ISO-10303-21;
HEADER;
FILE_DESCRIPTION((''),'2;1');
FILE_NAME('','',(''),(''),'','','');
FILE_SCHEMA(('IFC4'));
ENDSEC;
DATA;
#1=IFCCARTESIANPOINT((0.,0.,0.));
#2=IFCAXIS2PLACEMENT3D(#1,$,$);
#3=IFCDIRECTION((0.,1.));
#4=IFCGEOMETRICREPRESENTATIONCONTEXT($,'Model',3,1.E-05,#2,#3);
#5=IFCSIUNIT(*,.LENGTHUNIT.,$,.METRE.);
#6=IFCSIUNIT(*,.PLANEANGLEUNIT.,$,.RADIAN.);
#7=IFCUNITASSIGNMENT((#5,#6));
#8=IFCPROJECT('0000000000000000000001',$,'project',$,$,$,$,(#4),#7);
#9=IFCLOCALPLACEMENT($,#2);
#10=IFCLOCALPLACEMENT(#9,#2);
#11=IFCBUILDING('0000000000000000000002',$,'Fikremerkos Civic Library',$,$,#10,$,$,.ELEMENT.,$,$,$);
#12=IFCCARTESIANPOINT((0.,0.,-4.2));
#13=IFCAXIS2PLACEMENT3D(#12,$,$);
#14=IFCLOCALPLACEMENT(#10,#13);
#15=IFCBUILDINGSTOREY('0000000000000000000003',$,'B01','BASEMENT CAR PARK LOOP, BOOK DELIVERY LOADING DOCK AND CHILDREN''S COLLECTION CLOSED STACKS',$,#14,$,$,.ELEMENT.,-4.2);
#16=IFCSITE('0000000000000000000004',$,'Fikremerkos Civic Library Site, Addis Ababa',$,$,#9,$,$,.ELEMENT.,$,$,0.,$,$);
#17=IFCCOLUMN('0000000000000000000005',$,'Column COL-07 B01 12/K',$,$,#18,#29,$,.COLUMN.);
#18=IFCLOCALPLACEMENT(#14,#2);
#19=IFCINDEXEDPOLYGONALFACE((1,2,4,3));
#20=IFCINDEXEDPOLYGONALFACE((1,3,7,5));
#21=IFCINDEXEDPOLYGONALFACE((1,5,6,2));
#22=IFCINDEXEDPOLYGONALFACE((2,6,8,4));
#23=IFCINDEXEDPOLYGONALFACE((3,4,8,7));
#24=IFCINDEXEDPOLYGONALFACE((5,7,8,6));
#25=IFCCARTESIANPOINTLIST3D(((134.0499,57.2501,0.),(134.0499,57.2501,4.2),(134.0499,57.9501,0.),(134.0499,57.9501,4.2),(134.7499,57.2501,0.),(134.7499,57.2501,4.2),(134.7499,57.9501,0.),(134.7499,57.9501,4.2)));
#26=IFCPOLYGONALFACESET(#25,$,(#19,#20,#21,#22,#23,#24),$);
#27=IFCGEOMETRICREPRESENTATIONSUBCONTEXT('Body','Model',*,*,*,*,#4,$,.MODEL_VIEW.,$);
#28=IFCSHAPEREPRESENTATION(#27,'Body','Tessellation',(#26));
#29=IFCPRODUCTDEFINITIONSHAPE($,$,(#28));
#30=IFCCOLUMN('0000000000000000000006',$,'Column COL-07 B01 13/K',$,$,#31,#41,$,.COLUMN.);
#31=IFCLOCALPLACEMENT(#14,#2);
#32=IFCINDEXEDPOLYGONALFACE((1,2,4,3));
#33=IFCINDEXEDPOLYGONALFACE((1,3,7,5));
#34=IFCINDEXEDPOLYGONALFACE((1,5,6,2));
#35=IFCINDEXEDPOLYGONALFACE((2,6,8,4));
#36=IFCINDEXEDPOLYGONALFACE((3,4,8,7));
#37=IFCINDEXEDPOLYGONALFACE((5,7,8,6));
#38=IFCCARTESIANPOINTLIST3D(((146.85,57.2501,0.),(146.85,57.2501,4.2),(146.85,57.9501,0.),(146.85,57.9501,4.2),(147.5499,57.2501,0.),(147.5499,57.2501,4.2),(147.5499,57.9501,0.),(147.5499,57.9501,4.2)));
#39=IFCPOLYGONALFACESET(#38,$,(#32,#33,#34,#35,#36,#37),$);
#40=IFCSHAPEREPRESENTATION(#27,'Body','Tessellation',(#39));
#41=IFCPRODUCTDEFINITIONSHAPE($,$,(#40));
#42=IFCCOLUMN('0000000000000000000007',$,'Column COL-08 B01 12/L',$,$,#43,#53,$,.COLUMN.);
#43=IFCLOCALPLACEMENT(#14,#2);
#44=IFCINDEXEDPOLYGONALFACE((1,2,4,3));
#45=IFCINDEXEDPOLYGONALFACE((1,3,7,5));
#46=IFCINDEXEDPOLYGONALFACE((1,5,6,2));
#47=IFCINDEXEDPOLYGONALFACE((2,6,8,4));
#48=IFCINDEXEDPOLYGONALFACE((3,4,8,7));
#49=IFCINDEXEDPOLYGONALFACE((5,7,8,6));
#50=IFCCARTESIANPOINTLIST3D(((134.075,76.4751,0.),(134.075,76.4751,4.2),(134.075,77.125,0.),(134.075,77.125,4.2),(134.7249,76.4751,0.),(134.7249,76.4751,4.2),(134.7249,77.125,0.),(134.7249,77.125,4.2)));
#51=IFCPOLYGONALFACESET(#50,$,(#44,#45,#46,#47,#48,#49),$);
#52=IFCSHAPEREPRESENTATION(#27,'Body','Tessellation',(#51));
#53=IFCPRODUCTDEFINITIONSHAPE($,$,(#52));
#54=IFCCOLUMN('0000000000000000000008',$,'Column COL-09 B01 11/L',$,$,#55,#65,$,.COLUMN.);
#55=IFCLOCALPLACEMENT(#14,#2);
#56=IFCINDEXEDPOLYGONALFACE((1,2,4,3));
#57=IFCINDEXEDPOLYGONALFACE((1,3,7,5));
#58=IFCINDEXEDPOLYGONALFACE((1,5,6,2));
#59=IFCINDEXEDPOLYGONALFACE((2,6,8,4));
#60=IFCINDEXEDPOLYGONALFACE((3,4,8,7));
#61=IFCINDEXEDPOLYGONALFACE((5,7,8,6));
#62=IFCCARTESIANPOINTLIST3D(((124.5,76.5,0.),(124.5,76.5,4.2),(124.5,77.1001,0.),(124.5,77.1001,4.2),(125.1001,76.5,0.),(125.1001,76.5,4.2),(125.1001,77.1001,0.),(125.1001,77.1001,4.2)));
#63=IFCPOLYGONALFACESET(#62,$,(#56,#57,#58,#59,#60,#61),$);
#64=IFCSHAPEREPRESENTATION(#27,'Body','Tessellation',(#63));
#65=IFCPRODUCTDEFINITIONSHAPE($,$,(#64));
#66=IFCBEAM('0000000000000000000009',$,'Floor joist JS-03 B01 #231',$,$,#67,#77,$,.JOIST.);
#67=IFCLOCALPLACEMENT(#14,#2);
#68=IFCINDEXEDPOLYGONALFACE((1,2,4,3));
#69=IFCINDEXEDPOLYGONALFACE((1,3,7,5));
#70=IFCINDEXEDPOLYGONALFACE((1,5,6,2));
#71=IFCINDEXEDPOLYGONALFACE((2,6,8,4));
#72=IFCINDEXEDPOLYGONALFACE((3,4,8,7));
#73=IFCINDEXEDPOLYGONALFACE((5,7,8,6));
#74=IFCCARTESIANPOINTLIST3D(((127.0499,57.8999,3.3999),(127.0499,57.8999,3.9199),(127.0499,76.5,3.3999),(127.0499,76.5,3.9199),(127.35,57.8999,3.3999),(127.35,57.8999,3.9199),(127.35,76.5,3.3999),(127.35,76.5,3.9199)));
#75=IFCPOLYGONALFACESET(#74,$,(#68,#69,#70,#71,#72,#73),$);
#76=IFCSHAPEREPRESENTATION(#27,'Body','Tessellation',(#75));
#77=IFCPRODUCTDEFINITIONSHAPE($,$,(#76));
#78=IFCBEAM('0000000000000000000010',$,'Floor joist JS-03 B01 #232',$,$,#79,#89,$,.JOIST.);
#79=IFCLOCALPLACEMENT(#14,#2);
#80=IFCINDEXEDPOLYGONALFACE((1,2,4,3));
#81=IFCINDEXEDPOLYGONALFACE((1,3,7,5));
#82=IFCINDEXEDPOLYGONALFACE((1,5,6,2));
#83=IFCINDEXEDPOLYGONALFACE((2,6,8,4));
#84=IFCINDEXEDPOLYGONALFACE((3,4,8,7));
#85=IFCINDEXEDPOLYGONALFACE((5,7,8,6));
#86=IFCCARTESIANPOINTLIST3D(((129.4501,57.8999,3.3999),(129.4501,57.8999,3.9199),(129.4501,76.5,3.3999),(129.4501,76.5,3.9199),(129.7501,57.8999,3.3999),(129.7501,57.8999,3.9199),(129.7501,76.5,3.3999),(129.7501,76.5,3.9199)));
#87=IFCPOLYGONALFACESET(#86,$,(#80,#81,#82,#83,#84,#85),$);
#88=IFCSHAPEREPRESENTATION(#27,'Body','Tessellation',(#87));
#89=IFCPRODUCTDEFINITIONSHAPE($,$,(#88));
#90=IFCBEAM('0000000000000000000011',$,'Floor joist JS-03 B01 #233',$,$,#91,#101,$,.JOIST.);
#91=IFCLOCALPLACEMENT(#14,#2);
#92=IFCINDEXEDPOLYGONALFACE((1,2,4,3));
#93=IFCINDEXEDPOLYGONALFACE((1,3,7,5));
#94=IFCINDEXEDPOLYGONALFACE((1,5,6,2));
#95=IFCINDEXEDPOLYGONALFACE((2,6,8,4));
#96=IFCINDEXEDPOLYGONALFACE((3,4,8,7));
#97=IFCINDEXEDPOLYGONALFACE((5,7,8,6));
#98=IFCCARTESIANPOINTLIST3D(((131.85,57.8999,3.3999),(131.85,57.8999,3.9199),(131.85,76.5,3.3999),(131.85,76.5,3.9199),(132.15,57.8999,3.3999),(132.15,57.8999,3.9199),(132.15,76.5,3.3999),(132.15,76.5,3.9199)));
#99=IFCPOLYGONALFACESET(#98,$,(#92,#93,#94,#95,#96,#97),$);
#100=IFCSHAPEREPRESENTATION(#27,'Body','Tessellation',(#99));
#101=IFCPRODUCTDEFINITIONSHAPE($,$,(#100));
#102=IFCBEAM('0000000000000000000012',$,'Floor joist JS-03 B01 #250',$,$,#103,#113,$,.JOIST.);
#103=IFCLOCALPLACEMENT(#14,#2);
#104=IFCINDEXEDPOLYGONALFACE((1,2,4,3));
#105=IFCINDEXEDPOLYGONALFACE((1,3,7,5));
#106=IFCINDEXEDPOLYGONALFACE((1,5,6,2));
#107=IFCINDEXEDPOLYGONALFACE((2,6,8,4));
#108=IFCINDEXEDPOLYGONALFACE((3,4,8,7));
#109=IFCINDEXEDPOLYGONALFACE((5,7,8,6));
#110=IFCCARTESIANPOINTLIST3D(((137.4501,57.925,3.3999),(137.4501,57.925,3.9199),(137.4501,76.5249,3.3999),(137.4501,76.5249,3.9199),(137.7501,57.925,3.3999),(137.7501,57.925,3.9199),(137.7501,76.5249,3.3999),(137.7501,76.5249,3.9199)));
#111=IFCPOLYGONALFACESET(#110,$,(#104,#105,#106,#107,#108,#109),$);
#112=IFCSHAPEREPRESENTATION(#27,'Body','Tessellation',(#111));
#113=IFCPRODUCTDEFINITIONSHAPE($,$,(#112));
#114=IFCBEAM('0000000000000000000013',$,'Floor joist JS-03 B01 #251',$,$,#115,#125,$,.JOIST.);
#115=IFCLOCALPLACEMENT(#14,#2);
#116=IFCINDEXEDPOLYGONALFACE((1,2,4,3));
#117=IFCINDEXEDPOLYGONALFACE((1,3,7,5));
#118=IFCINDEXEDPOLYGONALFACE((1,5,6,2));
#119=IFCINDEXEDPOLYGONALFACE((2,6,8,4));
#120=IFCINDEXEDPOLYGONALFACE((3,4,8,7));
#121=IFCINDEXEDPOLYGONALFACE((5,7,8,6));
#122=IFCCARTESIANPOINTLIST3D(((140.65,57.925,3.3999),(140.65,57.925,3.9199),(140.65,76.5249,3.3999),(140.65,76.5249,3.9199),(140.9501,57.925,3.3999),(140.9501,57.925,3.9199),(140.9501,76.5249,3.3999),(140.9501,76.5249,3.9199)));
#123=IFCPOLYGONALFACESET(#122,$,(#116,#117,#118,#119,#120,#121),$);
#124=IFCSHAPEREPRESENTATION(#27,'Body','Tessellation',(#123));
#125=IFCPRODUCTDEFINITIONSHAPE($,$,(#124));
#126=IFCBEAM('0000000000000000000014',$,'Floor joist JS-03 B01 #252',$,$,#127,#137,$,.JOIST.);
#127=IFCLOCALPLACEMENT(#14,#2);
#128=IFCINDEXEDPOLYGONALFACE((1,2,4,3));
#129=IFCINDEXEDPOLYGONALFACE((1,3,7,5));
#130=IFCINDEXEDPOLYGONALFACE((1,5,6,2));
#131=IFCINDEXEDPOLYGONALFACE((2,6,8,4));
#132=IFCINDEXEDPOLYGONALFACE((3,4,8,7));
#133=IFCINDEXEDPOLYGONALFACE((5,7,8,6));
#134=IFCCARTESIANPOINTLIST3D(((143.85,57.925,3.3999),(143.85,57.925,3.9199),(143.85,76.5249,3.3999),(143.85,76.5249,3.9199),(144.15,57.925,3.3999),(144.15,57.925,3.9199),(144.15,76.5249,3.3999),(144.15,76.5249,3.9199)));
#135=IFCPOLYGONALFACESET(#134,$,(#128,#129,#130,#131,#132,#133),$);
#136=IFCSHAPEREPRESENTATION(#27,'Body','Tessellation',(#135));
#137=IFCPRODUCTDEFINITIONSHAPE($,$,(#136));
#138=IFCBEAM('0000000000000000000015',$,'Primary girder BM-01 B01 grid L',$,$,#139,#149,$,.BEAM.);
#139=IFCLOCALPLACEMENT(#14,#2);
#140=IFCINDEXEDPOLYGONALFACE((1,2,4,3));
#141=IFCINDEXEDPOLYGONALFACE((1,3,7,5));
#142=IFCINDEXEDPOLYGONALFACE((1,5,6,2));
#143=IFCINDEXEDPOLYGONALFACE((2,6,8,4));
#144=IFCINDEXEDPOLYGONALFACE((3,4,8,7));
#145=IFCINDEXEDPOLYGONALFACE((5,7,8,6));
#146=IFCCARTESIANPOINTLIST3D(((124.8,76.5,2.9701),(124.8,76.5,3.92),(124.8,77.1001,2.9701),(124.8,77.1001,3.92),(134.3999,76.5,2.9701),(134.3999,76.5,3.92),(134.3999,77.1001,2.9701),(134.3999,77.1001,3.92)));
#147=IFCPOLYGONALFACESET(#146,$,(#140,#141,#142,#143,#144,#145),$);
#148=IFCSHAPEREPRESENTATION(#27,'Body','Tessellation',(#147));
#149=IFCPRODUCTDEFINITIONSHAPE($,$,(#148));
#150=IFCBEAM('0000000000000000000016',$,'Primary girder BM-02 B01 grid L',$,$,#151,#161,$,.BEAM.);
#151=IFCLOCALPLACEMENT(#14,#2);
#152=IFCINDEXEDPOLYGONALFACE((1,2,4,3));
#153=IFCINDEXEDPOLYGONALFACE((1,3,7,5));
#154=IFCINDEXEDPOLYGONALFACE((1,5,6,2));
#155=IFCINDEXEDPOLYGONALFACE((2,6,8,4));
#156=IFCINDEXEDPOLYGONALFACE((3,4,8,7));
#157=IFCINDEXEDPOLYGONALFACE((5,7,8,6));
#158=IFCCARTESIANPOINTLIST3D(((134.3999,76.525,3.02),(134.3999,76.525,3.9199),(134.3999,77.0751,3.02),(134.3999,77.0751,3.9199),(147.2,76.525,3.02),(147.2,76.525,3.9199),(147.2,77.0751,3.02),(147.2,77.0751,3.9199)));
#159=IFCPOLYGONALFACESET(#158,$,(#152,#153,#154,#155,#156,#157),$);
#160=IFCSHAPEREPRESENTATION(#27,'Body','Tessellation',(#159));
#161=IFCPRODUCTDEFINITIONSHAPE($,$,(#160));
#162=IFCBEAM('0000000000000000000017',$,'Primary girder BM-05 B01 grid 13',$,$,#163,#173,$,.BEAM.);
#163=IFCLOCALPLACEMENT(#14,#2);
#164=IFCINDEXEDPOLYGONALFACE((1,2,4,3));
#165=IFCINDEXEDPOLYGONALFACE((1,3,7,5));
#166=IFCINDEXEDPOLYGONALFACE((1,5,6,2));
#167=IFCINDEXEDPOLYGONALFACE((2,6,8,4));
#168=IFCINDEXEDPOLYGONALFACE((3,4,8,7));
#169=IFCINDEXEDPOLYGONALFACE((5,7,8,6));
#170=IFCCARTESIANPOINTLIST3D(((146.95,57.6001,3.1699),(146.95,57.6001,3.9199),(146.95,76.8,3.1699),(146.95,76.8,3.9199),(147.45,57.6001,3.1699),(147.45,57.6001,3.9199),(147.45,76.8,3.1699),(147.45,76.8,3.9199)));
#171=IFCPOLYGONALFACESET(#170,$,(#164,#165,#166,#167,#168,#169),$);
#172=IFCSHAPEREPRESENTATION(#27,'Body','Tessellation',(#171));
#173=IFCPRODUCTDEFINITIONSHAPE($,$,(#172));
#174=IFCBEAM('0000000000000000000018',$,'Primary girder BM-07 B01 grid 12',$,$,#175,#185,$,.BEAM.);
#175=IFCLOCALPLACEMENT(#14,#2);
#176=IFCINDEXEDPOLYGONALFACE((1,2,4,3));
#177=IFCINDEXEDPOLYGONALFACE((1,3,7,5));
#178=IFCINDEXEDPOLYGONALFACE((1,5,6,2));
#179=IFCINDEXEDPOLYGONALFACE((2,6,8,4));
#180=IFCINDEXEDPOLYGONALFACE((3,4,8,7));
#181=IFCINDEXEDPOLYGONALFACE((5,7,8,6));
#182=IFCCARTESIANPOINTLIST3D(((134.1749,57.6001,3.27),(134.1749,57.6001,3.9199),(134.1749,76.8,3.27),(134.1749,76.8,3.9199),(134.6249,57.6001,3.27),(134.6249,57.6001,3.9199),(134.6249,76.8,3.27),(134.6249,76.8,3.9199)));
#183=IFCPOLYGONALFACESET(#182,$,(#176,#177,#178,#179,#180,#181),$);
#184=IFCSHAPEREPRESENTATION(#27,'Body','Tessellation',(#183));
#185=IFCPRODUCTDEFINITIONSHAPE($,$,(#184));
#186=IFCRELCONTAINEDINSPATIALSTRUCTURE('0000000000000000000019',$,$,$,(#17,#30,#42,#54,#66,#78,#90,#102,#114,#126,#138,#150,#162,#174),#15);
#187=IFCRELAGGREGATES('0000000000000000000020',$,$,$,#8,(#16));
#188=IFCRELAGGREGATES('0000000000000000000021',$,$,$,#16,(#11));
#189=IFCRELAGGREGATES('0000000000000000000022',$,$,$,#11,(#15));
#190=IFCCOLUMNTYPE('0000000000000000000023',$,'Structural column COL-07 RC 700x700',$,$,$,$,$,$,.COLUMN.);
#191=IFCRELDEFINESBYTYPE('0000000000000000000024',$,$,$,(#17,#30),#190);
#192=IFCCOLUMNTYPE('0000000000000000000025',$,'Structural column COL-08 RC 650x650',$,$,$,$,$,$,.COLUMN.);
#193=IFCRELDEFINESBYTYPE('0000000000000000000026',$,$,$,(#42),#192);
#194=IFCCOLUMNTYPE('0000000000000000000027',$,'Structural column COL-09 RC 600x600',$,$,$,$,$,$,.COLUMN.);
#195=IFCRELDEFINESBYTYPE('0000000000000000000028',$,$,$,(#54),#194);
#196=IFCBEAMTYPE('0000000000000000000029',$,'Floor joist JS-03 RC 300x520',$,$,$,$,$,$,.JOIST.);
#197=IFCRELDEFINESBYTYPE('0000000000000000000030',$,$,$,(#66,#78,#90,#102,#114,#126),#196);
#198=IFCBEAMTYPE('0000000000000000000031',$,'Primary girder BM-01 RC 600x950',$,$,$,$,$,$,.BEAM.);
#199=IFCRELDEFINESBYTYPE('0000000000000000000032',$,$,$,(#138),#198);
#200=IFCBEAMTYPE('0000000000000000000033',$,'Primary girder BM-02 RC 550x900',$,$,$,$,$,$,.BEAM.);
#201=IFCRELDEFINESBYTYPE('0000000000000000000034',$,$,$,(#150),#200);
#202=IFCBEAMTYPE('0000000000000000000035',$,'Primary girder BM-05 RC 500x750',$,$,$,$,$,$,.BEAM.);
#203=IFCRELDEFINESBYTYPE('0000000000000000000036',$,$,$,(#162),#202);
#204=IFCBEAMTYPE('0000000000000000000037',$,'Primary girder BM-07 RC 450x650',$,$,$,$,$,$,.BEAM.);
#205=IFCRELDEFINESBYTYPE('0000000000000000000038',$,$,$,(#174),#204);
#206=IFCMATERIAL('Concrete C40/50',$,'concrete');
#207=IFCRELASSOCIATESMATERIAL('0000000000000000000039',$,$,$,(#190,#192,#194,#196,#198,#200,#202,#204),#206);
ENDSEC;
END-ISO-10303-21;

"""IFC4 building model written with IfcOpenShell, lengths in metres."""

from ifc_helpers import new_model, si_unit, direction, frame, origin, origin_2d, place, context, subcontext, project, spatial, rectangle, extrude, material, material_profile, profile_set, type_object, element, save


model = new_model("IFC4")

# Units and contexts
model_context = context("Model", 3, precision=1e-05, world=origin(), true_north=direction((0.0, 1.0)))
body_context = subcontext(model_context, "Body", "Model", "MODEL_VIEW")
ifc_project = project(units=[si_unit("LENGTHUNIT", "METRE"), si_unit("PLANEANGLEUNIT", "RADIAN")], contexts=[model_context])

# Site, building, storey
site_placement = place(None, origin())
site = spatial("IfcSite", under=ifc_project, at=site_placement, Name="Fikremerkos Civic Library Site, Addis Ababa", CompositionType="ELEMENT", RefElevation=0.0)
building_placement = place(site_placement, origin())
building = spatial("IfcBuilding", under=site, at=building_placement, Name="Fikremerkos Civic Library", CompositionType="ELEMENT")
storey_placement = place(building_placement, frame((0.0, 0.0, -4.2)))
storey = spatial("IfcBuildingStorey", under=building, at=storey_placement, Name="B01", Description="BASEMENT CAR PARK LOOP, BOOK DELIVERY LOADING DOCK AND CHILDREN'S COLLECTION CLOSED STACKS", CompositionType="ELEMENT", Elevation=-4.2)

# Columns
ifc_material_1 = material(Name="Concrete C40/50", Category="concrete")
ifc_material_profile_1 = material_profile(ifc_material_1, rectangle(XDim=0.7, YDim=0.7, at=origin_2d()), Name="RC 700x700")
ifc_profile_set_1 = profile_set([ifc_material_profile_1], Name="Concrete C40/50")
column_type_1 = type_object("IfcColumnType", Name="Structural column COL-07 RC 700x700", PredefinedType="COLUMN", material=ifc_profile_set_1)
for number, where, z_axis, x_axis, name in (
    (1, (134.3999, 57.6001, 0.0), (0.0, 0.0, 1.0), (1.0, 0.0, 0.0), "Column COL-07 B01 12/K"),
    (2, (147.2, 57.6001, 0.0), (0.0, 0.0, 1.0), (1.0, 0.0, 0.0), "Column COL-07 B01 13/K"),
):
    element("IfcColumn", number, at=place(storey_placement, frame(where, z_axis=z_axis, x_axis=x_axis)), inside=storey, type_object=column_type_1, Name=name, PredefinedType="COLUMN", context=body_context, shape_type="SweptSolid", body=[
        extrude(rectangle(XDim=0.7, YDim=0.7, at=origin_2d()), origin(), (0.0, 0.0, 1.0), 4.2),
    ])
ifc_material_profile_2 = material_profile(ifc_material_1, rectangle(XDim=0.6499, YDim=0.6499, at=origin_2d()), Name="RC 650x650")
ifc_profile_set_2 = profile_set([ifc_material_profile_2], Name="Concrete C40/50")
column_type_2 = type_object("IfcColumnType", Name="Structural column COL-08 RC 650x650", PredefinedType="COLUMN", material=ifc_profile_set_2)
column_1_placement = place(storey_placement, frame((134.3999, 76.8, 0.0), z_axis=(0.0, 0.0, 1.0), x_axis=(1.0, 0.0, 0.0)))
element("IfcColumn", 3, at=column_1_placement, inside=storey, type_object=column_type_2, Name="Column COL-08 B01 12/L", PredefinedType="COLUMN", context=body_context, shape_type="SweptSolid", body=[
    extrude(rectangle(XDim=0.6499, YDim=0.6499, at=origin_2d()), origin(), (0.0, 0.0, 1.0), 4.2),
])
ifc_material_profile_3 = material_profile(ifc_material_1, rectangle(XDim=0.6001, YDim=0.6001, at=origin_2d()), Name="RC 600x600")
ifc_profile_set_3 = profile_set([ifc_material_profile_3], Name="Concrete C40/50")
column_type_3 = type_object("IfcColumnType", Name="Structural column COL-09 RC 600x600", PredefinedType="COLUMN", material=ifc_profile_set_3)
column_2_placement = place(storey_placement, frame((124.8, 76.8, 0.0), z_axis=(0.0, 0.0, 1.0), x_axis=(1.0, 0.0, 0.0)))
element("IfcColumn", 4, at=column_2_placement, inside=storey, type_object=column_type_3, Name="Column COL-09 B01 11/L", PredefinedType="COLUMN", context=body_context, shape_type="SweptSolid", body=[
    extrude(rectangle(XDim=0.6001, YDim=0.6001, at=origin_2d()), origin(), (0.0, 0.0, 1.0), 4.2),
])

# Beams
ifc_material_profile_4 = material_profile(ifc_material_1, rectangle(XDim=0.3, YDim=0.52, at=origin_2d()), Name="RC 300x520")
ifc_profile_set_4 = profile_set([ifc_material_profile_4], Name="Concrete C40/50")
beam_type_1 = type_object("IfcBeamType", Name="Floor joist JS-03 RC 300x520", PredefinedType="JOIST", material=ifc_profile_set_4)
for number, where, z_axis, x_axis, name in (
    (5, (127.2, 57.8999, 3.6599), (0.0, 1.0, 0.0), (-1.0, 0.0, 0.0), "Floor joist JS-03 B01 #231"),
    (6, (129.6001, 57.8999, 3.6599), (0.0, 1.0, 0.0), (-1.0, 0.0, 0.0), "Floor joist JS-03 B01 #232"),
    (7, (132.0, 57.8999, 3.6599), (0.0, 1.0, 0.0), (-1.0, 0.0, 0.0), "Floor joist JS-03 B01 #233"),
):
    element("IfcBeam", number, at=place(storey_placement, frame(where, z_axis=z_axis, x_axis=x_axis)), inside=storey, type_object=beam_type_1, Name=name, PredefinedType="JOIST", context=body_context, shape_type="SweptSolid", body=[
        extrude(rectangle(XDim=0.3, YDim=0.52, at=origin_2d()), origin(), (0.0, 0.0, 1.0), 18.6001),
    ])
for number, where, z_axis, x_axis, name in (
    (8, (137.6001, 57.925, 3.6599), (0.0, 1.0, 0.0), (-1.0, 0.0, 0.0), "Floor joist JS-03 B01 #250"),
    (9, (140.8, 57.925, 3.6599), (0.0, 1.0, 0.0), (-1.0, 0.0, 0.0), "Floor joist JS-03 B01 #251"),
    (10, (144.0, 57.925, 3.6599), (0.0, 1.0, 0.0), (-1.0, 0.0, 0.0), "Floor joist JS-03 B01 #252"),
):
    element("IfcBeam", number, at=place(storey_placement, frame(where, z_axis=z_axis, x_axis=x_axis)), inside=storey, type_object=beam_type_1, Name=name, PredefinedType="JOIST", context=body_context, shape_type="SweptSolid", body=[
        extrude(rectangle(XDim=0.3, YDim=0.52, at=origin_2d()), origin(), (0.0, 0.0, 1.0), 18.5999),
    ])
ifc_material_profile_5 = material_profile(ifc_material_1, rectangle(XDim=0.6001, YDim=0.95, at=origin_2d()), Name="RC 600x950")
ifc_profile_set_5 = profile_set([ifc_material_profile_5], Name="Concrete C40/50")
beam_type_2 = type_object("IfcBeamType", Name="Primary girder BM-01 RC 600x950", PredefinedType="BEAM", material=ifc_profile_set_5)
beam_1_placement = place(storey_placement, frame((124.8, 76.8, 3.4451), z_axis=(1.0, 0.0, 0.0), x_axis=(0.0, 1.0, 0.0)))
element("IfcBeam", 11, at=beam_1_placement, inside=storey, type_object=beam_type_2, Name="Primary girder BM-01 B01 grid L", PredefinedType="BEAM", context=body_context, shape_type="SweptSolid", body=[
    extrude(rectangle(XDim=0.6001, YDim=0.95, at=origin_2d()), origin(), (0.0, 0.0, 1.0), 9.5999),
])
ifc_material_profile_6 = material_profile(ifc_material_1, rectangle(XDim=0.55, YDim=0.8999, at=origin_2d()), Name="RC 550x900")
ifc_profile_set_6 = profile_set([ifc_material_profile_6], Name="Concrete C40/50")
beam_type_3 = type_object("IfcBeamType", Name="Primary girder BM-02 RC 550x900", PredefinedType="BEAM", material=ifc_profile_set_6)
beam_2_placement = place(storey_placement, frame((134.3999, 76.8, 3.47), z_axis=(1.0, 0.0, 0.0), x_axis=(0.0, 1.0, 0.0)))
element("IfcBeam", 12, at=beam_2_placement, inside=storey, type_object=beam_type_3, Name="Primary girder BM-02 B01 grid L", PredefinedType="BEAM", context=body_context, shape_type="SweptSolid", body=[
    extrude(rectangle(XDim=0.55, YDim=0.8999, at=origin_2d()), origin(), (0.0, 0.0, 1.0), 12.8),
])
ifc_material_profile_7 = material_profile(ifc_material_1, rectangle(XDim=0.5, YDim=0.75, at=origin_2d()), Name="RC 500x750")
ifc_profile_set_7 = profile_set([ifc_material_profile_7], Name="Concrete C40/50")
beam_type_4 = type_object("IfcBeamType", Name="Primary girder BM-05 RC 500x750", PredefinedType="BEAM", material=ifc_profile_set_7)
beam_3_placement = place(storey_placement, frame((147.2, 57.6001, 3.5449), z_axis=(0.0, 1.0, 0.0), x_axis=(-1.0, 0.0, 0.0)))
element("IfcBeam", 13, at=beam_3_placement, inside=storey, type_object=beam_type_4, Name="Primary girder BM-05 B01 grid 13", PredefinedType="BEAM", context=body_context, shape_type="SweptSolid", body=[
    extrude(rectangle(XDim=0.5, YDim=0.75, at=origin_2d()), origin(), (0.0, 0.0, 1.0), 19.2),
])
ifc_material_profile_8 = material_profile(ifc_material_1, rectangle(XDim=0.45, YDim=0.6499, at=origin_2d()), Name="RC 450x650")
ifc_profile_set_8 = profile_set([ifc_material_profile_8], Name="Concrete C40/50")
beam_type_5 = type_object("IfcBeamType", Name="Primary girder BM-07 RC 450x650", PredefinedType="BEAM", material=ifc_profile_set_8)
beam_4_placement = place(storey_placement, frame((134.3999, 57.6001, 3.595), z_axis=(0.0, 1.0, 0.0), x_axis=(-1.0, 0.0, 0.0)))
element("IfcBeam", 14, at=beam_4_placement, inside=storey, type_object=beam_type_5, Name="Primary girder BM-07 B01 grid 12", PredefinedType="BEAM", context=body_context, shape_type="SweptSolid", body=[
    extrude(rectangle(XDim=0.45, YDim=0.6499, at=origin_2d()), origin(), (0.0, 0.0, 1.0), 19.2),
])

save(model, "model.ifc")
